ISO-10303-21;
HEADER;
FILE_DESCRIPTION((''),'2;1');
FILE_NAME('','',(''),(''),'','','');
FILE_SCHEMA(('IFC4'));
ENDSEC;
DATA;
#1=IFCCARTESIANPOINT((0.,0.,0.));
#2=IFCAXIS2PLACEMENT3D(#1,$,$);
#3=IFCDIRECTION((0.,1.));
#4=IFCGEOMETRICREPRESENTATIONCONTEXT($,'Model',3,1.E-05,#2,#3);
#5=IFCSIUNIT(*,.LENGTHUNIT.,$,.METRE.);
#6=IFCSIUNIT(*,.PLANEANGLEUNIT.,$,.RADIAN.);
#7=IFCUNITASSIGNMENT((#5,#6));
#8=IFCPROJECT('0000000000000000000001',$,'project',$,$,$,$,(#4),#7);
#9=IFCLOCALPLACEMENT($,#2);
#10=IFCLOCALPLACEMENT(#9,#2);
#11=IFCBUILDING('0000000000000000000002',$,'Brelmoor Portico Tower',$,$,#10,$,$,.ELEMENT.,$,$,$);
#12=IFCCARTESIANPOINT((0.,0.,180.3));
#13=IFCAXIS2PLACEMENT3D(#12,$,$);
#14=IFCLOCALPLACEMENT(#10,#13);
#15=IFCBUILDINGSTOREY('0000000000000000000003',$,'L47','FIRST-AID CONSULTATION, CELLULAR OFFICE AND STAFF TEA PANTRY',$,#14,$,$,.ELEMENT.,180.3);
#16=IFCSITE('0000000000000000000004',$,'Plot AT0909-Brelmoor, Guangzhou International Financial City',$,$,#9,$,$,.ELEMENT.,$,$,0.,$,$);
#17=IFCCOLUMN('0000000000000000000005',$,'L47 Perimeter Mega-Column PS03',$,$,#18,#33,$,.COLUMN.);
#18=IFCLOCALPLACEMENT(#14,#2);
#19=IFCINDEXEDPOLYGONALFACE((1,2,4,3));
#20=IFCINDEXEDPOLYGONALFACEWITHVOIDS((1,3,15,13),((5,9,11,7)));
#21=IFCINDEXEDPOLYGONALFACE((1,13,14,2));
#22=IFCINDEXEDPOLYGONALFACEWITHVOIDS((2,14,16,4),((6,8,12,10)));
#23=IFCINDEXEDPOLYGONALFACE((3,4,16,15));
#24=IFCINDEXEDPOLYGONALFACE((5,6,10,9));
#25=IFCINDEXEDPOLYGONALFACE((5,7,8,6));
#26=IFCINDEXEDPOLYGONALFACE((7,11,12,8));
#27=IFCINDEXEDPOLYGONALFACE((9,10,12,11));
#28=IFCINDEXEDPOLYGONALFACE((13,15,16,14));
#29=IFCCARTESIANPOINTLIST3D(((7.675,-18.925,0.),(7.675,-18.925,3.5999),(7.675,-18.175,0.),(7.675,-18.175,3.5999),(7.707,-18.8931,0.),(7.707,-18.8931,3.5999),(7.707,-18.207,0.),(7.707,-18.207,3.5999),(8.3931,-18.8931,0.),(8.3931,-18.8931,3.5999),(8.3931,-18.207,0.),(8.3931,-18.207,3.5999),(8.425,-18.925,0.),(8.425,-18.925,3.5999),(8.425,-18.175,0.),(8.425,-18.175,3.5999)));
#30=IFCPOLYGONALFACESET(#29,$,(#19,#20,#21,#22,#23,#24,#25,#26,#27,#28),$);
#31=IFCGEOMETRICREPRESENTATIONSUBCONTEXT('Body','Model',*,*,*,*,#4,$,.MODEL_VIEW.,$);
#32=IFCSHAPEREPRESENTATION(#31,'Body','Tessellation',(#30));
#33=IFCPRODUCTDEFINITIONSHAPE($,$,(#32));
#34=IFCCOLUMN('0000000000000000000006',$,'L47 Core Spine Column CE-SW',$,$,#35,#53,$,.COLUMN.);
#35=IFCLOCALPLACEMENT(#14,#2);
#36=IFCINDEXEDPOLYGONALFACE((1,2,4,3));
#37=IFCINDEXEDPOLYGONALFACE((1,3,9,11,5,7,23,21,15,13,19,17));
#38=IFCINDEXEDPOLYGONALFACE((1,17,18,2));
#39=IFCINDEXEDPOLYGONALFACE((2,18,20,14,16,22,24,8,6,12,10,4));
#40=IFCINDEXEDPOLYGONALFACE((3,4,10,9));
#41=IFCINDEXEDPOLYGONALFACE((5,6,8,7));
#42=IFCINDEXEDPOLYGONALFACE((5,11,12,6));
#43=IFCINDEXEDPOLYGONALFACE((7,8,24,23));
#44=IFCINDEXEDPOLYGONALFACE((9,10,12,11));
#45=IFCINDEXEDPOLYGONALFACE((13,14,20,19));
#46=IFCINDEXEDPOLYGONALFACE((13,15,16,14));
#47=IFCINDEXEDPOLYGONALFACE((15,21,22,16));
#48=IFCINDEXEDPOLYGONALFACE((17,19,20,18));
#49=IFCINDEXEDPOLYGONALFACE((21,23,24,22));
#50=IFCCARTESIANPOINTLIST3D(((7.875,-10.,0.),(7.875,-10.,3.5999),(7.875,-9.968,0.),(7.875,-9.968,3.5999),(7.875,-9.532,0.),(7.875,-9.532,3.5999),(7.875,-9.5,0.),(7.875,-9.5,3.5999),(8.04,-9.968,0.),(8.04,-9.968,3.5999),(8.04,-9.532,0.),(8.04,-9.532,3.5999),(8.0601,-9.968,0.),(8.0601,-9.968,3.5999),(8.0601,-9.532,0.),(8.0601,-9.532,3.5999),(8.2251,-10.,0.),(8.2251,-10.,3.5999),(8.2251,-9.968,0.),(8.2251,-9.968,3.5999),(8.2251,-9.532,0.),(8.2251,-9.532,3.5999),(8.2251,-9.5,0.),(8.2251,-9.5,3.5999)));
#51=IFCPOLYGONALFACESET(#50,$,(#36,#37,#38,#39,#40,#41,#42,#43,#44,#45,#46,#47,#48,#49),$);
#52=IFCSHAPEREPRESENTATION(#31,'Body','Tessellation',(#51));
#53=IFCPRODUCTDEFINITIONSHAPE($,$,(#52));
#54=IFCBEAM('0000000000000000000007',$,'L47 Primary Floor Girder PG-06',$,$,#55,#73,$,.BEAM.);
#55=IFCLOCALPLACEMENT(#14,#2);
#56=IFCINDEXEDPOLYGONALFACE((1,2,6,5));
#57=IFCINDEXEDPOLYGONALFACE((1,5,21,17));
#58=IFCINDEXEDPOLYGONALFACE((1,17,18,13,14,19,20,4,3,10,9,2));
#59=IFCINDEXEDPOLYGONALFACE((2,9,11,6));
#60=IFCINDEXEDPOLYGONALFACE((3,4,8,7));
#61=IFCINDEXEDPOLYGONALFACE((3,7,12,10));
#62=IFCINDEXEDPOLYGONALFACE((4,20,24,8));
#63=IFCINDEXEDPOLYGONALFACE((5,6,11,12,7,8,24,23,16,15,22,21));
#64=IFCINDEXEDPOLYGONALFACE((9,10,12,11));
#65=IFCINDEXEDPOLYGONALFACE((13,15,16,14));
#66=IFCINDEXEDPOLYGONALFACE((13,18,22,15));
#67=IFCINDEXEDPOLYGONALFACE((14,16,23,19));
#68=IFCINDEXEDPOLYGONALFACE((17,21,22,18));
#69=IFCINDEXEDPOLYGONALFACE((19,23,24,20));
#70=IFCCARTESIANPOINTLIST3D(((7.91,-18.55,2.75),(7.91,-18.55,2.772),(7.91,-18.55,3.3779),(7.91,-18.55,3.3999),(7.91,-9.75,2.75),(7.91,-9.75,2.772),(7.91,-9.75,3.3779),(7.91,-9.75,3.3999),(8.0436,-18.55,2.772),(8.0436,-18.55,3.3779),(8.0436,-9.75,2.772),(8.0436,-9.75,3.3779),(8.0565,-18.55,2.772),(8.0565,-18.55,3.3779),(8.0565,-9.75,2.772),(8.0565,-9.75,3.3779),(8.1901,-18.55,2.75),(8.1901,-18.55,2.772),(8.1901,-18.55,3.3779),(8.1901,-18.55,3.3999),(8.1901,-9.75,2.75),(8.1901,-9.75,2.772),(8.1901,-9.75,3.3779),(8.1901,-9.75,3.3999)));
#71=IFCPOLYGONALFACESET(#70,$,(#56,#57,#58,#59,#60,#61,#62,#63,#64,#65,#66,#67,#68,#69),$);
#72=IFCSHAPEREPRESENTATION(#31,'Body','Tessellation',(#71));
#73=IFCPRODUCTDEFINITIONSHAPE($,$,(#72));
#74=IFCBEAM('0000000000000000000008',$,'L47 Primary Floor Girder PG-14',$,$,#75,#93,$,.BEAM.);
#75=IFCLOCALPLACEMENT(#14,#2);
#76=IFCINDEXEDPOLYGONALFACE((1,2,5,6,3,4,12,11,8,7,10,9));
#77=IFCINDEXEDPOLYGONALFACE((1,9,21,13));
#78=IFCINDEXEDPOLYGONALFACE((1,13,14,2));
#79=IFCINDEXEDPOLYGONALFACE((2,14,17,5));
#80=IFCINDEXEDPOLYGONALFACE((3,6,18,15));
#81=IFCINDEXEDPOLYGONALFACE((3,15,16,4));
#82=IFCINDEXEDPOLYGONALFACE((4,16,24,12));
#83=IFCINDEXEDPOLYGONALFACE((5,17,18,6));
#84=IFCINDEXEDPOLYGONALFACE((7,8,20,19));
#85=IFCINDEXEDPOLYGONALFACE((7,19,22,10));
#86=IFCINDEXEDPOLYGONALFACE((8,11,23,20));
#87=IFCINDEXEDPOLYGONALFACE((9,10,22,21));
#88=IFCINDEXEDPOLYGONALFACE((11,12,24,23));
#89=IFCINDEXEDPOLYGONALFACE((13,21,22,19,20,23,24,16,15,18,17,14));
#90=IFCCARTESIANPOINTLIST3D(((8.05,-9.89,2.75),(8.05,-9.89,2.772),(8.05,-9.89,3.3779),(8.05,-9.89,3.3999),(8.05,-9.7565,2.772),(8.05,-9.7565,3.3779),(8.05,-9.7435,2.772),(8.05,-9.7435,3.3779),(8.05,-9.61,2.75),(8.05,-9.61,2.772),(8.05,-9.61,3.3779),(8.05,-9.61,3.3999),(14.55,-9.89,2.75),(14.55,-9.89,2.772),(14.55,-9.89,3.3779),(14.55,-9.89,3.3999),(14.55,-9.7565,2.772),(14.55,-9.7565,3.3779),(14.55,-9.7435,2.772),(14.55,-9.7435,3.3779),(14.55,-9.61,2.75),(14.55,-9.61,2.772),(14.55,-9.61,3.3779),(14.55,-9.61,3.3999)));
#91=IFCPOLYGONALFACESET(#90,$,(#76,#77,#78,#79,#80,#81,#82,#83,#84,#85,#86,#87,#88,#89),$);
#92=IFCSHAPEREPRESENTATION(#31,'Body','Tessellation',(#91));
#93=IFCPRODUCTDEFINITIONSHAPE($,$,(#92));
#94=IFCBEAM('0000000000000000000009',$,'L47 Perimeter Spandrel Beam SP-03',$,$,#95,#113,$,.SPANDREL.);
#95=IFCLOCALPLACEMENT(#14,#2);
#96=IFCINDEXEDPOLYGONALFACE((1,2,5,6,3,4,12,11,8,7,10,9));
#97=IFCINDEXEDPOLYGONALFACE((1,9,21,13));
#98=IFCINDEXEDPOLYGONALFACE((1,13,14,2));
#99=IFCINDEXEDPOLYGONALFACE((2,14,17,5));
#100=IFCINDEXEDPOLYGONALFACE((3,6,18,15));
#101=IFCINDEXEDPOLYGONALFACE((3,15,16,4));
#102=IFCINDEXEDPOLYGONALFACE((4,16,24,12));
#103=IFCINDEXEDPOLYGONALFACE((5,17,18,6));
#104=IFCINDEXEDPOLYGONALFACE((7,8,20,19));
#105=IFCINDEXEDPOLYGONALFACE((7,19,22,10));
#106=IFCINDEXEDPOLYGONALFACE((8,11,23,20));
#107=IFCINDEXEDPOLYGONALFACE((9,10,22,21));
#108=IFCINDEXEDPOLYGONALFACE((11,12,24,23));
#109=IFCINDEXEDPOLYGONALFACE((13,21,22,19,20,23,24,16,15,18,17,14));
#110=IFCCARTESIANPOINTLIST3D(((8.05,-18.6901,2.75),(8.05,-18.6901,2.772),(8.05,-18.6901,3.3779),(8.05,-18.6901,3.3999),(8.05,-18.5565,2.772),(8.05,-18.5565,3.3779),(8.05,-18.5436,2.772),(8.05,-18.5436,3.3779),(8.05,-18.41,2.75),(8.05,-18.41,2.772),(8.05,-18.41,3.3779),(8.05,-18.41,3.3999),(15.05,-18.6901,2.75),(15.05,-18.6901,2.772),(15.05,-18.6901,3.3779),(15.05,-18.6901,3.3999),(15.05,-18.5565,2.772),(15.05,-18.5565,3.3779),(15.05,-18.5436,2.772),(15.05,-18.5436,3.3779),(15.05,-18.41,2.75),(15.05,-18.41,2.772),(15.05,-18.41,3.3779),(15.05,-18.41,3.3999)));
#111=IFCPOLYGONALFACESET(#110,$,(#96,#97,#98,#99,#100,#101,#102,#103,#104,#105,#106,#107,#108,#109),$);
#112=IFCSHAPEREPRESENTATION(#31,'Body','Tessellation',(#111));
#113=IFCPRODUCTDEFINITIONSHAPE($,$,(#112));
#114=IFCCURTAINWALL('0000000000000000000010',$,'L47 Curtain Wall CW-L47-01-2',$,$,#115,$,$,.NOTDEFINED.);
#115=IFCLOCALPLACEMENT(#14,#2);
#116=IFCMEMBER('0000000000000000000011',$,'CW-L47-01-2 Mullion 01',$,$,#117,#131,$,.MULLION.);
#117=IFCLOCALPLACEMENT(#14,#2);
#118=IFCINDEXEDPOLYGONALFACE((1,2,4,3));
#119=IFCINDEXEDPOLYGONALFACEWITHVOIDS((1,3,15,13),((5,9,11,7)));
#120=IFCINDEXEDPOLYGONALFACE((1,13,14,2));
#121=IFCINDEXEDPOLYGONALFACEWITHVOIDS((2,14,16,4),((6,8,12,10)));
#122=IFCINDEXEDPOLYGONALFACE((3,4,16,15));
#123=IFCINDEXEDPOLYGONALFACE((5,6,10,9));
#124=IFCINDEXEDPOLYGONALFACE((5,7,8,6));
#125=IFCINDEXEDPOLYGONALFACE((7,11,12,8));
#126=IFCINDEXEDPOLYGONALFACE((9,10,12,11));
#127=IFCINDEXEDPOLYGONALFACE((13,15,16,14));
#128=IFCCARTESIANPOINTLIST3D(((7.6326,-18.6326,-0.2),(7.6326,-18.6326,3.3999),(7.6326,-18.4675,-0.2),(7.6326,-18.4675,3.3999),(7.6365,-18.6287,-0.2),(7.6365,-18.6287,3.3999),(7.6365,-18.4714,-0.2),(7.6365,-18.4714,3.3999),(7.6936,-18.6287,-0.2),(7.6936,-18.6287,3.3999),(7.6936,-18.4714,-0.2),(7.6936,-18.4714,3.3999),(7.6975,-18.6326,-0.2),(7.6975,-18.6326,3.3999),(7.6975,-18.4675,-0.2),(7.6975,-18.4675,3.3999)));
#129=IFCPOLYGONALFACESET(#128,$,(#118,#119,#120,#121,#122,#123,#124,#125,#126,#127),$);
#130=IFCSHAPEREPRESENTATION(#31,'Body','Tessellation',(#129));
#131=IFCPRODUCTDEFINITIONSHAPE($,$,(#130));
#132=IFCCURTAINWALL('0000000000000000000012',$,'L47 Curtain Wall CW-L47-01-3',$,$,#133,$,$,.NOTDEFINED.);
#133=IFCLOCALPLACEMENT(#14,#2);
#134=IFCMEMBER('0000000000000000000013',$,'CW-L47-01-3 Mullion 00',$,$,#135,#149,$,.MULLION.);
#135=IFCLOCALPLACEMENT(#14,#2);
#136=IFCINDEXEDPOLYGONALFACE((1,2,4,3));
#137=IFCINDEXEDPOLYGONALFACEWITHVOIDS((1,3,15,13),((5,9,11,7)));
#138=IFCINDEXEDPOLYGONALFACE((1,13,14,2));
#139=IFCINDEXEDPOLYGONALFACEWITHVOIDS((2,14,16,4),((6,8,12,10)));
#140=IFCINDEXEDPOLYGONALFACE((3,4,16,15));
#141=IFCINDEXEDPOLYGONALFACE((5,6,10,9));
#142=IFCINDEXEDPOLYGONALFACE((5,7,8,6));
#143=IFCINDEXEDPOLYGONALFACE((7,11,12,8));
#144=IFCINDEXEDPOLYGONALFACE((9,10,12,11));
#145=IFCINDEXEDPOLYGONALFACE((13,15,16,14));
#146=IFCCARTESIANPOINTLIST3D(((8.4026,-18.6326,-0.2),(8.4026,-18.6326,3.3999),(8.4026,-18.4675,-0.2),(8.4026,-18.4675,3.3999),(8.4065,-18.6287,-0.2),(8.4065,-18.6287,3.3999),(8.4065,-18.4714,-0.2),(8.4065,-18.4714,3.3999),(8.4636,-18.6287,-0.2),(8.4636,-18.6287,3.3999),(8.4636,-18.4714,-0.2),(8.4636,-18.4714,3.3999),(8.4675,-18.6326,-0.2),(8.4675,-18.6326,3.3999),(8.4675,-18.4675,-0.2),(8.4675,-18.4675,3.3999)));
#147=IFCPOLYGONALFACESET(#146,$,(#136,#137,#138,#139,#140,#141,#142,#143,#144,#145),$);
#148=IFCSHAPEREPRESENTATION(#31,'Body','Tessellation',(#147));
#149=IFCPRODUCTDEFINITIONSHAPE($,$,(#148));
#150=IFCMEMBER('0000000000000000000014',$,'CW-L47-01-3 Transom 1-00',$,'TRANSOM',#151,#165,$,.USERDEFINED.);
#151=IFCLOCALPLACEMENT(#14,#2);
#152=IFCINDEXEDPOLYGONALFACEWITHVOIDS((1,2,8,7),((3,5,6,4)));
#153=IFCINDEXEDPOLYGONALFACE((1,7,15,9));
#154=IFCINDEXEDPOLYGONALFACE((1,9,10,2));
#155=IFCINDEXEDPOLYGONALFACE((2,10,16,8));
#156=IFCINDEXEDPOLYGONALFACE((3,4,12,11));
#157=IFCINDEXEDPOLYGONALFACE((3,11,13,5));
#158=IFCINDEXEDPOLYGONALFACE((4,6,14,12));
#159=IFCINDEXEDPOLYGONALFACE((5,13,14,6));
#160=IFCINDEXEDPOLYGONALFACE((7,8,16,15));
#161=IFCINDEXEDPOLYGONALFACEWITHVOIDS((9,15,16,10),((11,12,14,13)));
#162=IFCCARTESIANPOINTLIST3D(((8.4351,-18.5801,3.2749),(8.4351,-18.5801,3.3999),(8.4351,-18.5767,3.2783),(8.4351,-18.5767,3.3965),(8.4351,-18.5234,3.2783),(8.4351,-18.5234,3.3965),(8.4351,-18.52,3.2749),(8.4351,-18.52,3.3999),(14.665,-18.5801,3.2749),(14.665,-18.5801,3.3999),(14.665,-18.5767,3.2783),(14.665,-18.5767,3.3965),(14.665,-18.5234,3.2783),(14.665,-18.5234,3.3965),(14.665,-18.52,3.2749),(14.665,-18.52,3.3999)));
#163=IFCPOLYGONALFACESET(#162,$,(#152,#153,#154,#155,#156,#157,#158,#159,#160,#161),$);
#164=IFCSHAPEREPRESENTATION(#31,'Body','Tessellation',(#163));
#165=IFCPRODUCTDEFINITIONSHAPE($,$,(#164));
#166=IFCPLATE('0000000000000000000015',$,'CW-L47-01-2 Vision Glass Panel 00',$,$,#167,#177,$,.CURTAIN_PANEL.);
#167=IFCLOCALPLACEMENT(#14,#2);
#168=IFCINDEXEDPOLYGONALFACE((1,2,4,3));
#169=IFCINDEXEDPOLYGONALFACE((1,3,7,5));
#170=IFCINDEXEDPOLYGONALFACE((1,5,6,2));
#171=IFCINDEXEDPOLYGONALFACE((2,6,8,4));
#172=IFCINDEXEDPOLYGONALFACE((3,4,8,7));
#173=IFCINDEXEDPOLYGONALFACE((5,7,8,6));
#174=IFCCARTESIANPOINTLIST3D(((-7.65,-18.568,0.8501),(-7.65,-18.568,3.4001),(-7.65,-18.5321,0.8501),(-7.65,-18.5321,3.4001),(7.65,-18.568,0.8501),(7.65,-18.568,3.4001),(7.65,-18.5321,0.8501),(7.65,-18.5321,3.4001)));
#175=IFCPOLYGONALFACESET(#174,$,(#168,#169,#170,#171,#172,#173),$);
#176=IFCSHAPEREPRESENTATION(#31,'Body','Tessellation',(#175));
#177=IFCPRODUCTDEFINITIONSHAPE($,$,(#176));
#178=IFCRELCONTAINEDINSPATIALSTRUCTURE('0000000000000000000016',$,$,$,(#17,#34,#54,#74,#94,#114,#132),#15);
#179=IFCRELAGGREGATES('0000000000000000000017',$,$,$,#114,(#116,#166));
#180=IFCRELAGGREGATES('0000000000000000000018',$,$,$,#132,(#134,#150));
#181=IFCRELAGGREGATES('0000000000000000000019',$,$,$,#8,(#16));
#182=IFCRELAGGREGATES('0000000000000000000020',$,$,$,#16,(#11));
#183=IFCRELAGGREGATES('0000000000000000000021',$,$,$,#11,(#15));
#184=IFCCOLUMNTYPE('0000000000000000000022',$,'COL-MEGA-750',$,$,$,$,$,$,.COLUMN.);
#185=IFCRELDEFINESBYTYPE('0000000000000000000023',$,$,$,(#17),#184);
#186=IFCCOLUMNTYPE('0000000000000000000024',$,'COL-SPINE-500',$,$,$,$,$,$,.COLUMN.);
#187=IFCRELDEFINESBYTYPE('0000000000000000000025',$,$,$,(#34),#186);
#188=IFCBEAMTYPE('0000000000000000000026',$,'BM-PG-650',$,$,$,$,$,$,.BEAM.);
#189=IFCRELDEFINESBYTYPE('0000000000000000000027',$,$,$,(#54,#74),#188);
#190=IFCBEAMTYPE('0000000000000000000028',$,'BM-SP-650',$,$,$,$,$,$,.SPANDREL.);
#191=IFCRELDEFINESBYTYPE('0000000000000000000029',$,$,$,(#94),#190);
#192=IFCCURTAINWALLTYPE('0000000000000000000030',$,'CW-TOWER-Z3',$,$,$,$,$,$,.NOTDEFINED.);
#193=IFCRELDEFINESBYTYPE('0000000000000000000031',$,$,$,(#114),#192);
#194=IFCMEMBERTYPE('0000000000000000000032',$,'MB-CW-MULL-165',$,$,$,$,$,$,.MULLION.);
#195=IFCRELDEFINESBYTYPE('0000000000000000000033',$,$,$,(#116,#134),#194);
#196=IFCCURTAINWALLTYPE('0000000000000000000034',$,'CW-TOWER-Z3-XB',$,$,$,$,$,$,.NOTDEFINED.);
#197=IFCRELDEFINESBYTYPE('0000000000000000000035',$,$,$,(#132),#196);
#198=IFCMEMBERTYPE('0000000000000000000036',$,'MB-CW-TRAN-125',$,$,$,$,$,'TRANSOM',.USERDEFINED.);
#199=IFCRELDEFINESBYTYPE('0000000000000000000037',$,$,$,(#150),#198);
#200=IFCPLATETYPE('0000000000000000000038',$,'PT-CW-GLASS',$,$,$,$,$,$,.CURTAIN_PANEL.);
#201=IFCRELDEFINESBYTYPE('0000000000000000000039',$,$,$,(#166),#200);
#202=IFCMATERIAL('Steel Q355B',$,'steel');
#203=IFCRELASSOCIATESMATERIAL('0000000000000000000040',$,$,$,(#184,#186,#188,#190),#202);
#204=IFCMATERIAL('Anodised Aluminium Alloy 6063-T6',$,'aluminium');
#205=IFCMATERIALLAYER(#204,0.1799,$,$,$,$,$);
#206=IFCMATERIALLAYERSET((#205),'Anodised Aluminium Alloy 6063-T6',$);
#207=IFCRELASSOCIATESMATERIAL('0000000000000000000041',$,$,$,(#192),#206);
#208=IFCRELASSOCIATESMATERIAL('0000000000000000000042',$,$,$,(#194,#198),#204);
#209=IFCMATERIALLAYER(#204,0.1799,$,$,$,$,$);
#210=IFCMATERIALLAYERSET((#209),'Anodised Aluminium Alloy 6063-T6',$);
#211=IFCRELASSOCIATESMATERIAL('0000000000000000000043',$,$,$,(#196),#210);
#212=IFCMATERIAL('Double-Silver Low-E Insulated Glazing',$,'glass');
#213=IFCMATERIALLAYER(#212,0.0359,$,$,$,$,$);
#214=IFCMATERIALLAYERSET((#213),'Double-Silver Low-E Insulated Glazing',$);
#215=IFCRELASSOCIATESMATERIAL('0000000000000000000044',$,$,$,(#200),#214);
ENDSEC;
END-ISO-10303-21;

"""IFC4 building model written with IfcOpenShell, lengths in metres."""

from ifc_helpers import new_model, si_unit, direction, frame, origin, origin_2d, place, context, subcontext, project, spatial, rectangle, hollow_rectangle, i_section, extrude, material, layer, layer_set, material_profile, profile_set, type_object, element, aggregate, save


model = new_model("IFC4")

# Units and contexts
model_context = context("Model", 3, precision=1e-05, world=origin(), true_north=direction((0.0, 1.0)))
body_context = subcontext(model_context, "Body", "Model", "MODEL_VIEW")
ifc_project = project(units=[si_unit("LENGTHUNIT", "METRE"), si_unit("PLANEANGLEUNIT", "RADIAN")], contexts=[model_context])

# Site, building, storey
site_placement = place(None, origin())
site = spatial("IfcSite", under=ifc_project, at=site_placement, Name="Plot AT0909-Brelmoor, Guangzhou International Financial City", CompositionType="ELEMENT", RefElevation=0.0)
building_placement = place(site_placement, origin())
building = spatial("IfcBuilding", under=site, at=building_placement, Name="Brelmoor Portico Tower", CompositionType="ELEMENT")
storey_placement = place(building_placement, frame((0.0, 0.0, 180.3)))
storey = spatial("IfcBuildingStorey", under=building, at=storey_placement, Name="L47", Description="FIRST-AID CONSULTATION, CELLULAR OFFICE AND STAFF TEA PANTRY", CompositionType="ELEMENT", Elevation=180.3)

# Columns
ifc_material_1 = material(Name="Steel Q355B", Category="steel")
ifc_material_profile_1 = material_profile(ifc_material_1, hollow_rectangle(XDim=0.75, YDim=0.75, WallThickness=0.032, at=origin_2d()), Name="BOX 750x750x32")
ifc_profile_set_1 = profile_set([ifc_material_profile_1], Name="Steel Q355B")
column_type_1 = type_object("IfcColumnType", Name="COL-MEGA-750", PredefinedType="COLUMN", material=ifc_profile_set_1)
column_1_placement = place(storey_placement, frame((8.05, -18.55, 0.0), z_axis=(0.0, 0.0, 1.0), x_axis=(1.0, 0.0, 0.0)))
element("IfcColumn", 1, at=column_1_placement, inside=storey, type_object=column_type_1, Name="L47 Perimeter Mega-Column PS03", PredefinedType="COLUMN", context=body_context, shape_type="SweptSolid", body=[
    extrude(hollow_rectangle(XDim=0.75, YDim=0.75, WallThickness=0.032, at=origin_2d()), origin(), (0.0, 0.0, 1.0), 3.5999),
])
ifc_material_profile_2 = material_profile(ifc_material_1, i_section(OverallWidth=0.3501, OverallDepth=0.5, WebThickness=0.02, FlangeThickness=0.032, at=origin_2d()), Name="HW 500x350x20x32")
ifc_profile_set_2 = profile_set([ifc_material_profile_2], Name="Steel Q355B")
column_type_2 = type_object("IfcColumnType", Name="COL-SPINE-500", PredefinedType="COLUMN", material=ifc_profile_set_2)
column_2_placement = place(storey_placement, frame((8.05, -9.75, 0.0), z_axis=(0.0, 0.0, 1.0), x_axis=(1.0, 0.0, 0.0)))
element("IfcColumn", 2, at=column_2_placement, inside=storey, type_object=column_type_2, Name="L47 Core Spine Column CE-SW", PredefinedType="COLUMN", context=body_context, shape_type="SweptSolid", body=[
    extrude(i_section(OverallWidth=0.3501, OverallDepth=0.5, WebThickness=0.02, FlangeThickness=0.032, at=origin_2d()), origin(), (0.0, 0.0, 1.0), 3.5999),
])

# Beams
ifc_material_profile_3 = material_profile(ifc_material_1, i_section(OverallWidth=0.28, OverallDepth=0.6499, WebThickness=0.0129, FlangeThickness=0.022, at=origin_2d()), Name="HN 650x280x13x22")
ifc_profile_set_3 = profile_set([ifc_material_profile_3], Name="Steel Q355B")
beam_type_1 = type_object("IfcBeamType", Name="BM-PG-650", PredefinedType="BEAM", material=ifc_profile_set_3)
beam_1_placement = place(storey_placement, frame((8.05, -18.55, 3.075), z_axis=(0.0, 1.0, 0.0), x_axis=(-1.0, 0.0, 0.0)))
element("IfcBeam", 3, at=beam_1_placement, inside=storey, type_object=beam_type_1, Name="L47 Primary Floor Girder PG-06", PredefinedType="BEAM", context=body_context, shape_type="SweptSolid", body=[
    extrude(i_section(OverallWidth=0.28, OverallDepth=0.6499, WebThickness=0.0129, FlangeThickness=0.022, at=origin_2d()), origin(), (0.0, 0.0, 1.0), 8.8),
])
beam_2_placement = place(storey_placement, frame((8.05, -9.75, 3.075), z_axis=(1.0, 0.0, 0.0), x_axis=(0.0, 1.0, 0.0)))
element("IfcBeam", 4, at=beam_2_placement, inside=storey, type_object=beam_type_1, Name="L47 Primary Floor Girder PG-14", PredefinedType="BEAM", context=body_context, shape_type="SweptSolid", body=[
    extrude(i_section(OverallWidth=0.28, OverallDepth=0.6499, WebThickness=0.0129, FlangeThickness=0.022, at=origin_2d()), origin(), (0.0, 0.0, 1.0), 6.5),
])
ifc_material_profile_4 = material_profile(ifc_material_1, i_section(OverallWidth=0.28, OverallDepth=0.6499, WebThickness=0.0129, FlangeThickness=0.022, at=origin_2d()), Name="HN 650x280x13x22")
ifc_profile_set_4 = profile_set([ifc_material_profile_4], Name="Steel Q355B")
beam_type_2 = type_object("IfcBeamType", Name="BM-SP-650", PredefinedType="SPANDREL", material=ifc_profile_set_4)
beam_3_placement = place(storey_placement, frame((8.05, -18.55, 3.075), z_axis=(1.0, 0.0, 0.0), x_axis=(0.0, 1.0, 0.0)))
element("IfcBeam", 5, at=beam_3_placement, inside=storey, type_object=beam_type_2, Name="L47 Perimeter Spandrel Beam SP-03", PredefinedType="SPANDREL", context=body_context, shape_type="SweptSolid", body=[
    extrude(i_section(OverallWidth=0.28, OverallDepth=0.6499, WebThickness=0.0129, FlangeThickness=0.022, at=origin_2d()), origin(), (0.0, 0.0, 1.0), 7.0),
])

# Curtain wall, member
ifc_material_2 = material(Name="Anodised Aluminium Alloy 6063-T6", Category="aluminium")
ifc_layer_1 = layer(ifc_material_2, 0.1799)
ifc_layer_set_1 = layer_set([ifc_layer_1], Name="Anodised Aluminium Alloy 6063-T6")
curtain_wall_type_1 = type_object("IfcCurtainWallType", Name="CW-TOWER-Z3", PredefinedType="NOTDEFINED", material=ifc_layer_set_1)
curtain_wall_1_placement = place(storey_placement, origin())
curtain_wall_1 = element("IfcCurtainWall", 6, at=curtain_wall_1_placement, inside=storey, type_object=curtain_wall_type_1, Name="L47 Curtain Wall CW-L47-01-2", PredefinedType="NOTDEFINED")
ifc_material_profile_5 = material_profile(ifc_material_2, hollow_rectangle(XDim=0.0649, YDim=0.165, WallThickness=0.0039, at=origin_2d()), Name="ALU MULLION 65x165")
ifc_profile_set_5 = profile_set([ifc_material_profile_5], Name="Anodised Aluminium Alloy 6063-T6")
member_type_1 = type_object("IfcMemberType", Name="MB-CW-MULL-165", PredefinedType="MULLION", material=ifc_profile_set_5)
member_1_placement = place(storey_placement, frame((7.665, -18.55, -0.2), z_axis=(0.0, 0.0, 1.0), x_axis=(1.0, 0.0, 0.0)))
member_1 = element("IfcMember", 7, at=member_1_placement, type_object=member_type_1, Name="CW-L47-01-2 Mullion 01", PredefinedType="MULLION", context=body_context, shape_type="SweptSolid", body=[
    extrude(hollow_rectangle(XDim=0.0649, YDim=0.165, WallThickness=0.0039, at=origin_2d()), origin(), (0.0, 0.0, 1.0), 3.5999),
])

# Curtain wall, members
ifc_layer_2 = layer(ifc_material_2, 0.1799)
ifc_layer_set_2 = layer_set([ifc_layer_2], Name="Anodised Aluminium Alloy 6063-T6")
curtain_wall_type_2 = type_object("IfcCurtainWallType", Name="CW-TOWER-Z3-XB", PredefinedType="NOTDEFINED", material=ifc_layer_set_2)
curtain_wall_2_placement = place(storey_placement, origin())
curtain_wall_2 = element("IfcCurtainWall", 8, at=curtain_wall_2_placement, inside=storey, type_object=curtain_wall_type_2, Name="L47 Curtain Wall CW-L47-01-3", PredefinedType="NOTDEFINED")
member_2_placement = place(storey_placement, frame((8.4351, -18.55, -0.2), z_axis=(0.0, 0.0, 1.0), x_axis=(1.0, 0.0, 0.0)))
member_2 = element("IfcMember", 9, at=member_2_placement, type_object=member_type_1, Name="CW-L47-01-3 Mullion 00", PredefinedType="MULLION", context=body_context, shape_type="SweptSolid", body=[
    extrude(hollow_rectangle(XDim=0.0649, YDim=0.165, WallThickness=0.0039, at=origin_2d()), origin(), (0.0, 0.0, 1.0), 3.5999),
])
ifc_material_profile_6 = material_profile(ifc_material_2, hollow_rectangle(XDim=0.0601, YDim=0.125, WallThickness=0.0034, at=origin_2d()), Name="ALU TRANSOM 60x125")
ifc_profile_set_6 = profile_set([ifc_material_profile_6], Name="Anodised Aluminium Alloy 6063-T6")
member_type_2 = type_object("IfcMemberType", Name="MB-CW-TRAN-125", ElementType="TRANSOM", PredefinedType="USERDEFINED", material=ifc_profile_set_6)
member_3_placement = place(storey_placement, frame((8.4351, -18.55, 3.3374), z_axis=(1.0, 0.0, 0.0), x_axis=(0.0, 1.0, 0.0)))
member_3 = element("IfcMember", 10, at=member_3_placement, type_object=member_type_2, Name="CW-L47-01-3 Transom 1-00", ObjectType="TRANSOM", PredefinedType="USERDEFINED", context=body_context, shape_type="SweptSolid", body=[
    extrude(hollow_rectangle(XDim=0.0601, YDim=0.125, WallThickness=0.0034, at=origin_2d()), origin(), (0.0, 0.0, 1.0), 6.23),
])

# Plate
ifc_material_3 = material(Name="Double-Silver Low-E Insulated Glazing", Category="glass")
ifc_layer_3 = layer(ifc_material_3, 0.0359)
ifc_layer_set_3 = layer_set([ifc_layer_3], Name="Double-Silver Low-E Insulated Glazing")
plate_type_1 = type_object("IfcPlateType", Name="PT-CW-GLASS", PredefinedType="CURTAIN_PANEL", material=ifc_layer_set_3)
plate_1_placement = place(storey_placement, frame((0.0, -18.55, 0.8501), z_axis=(0.0, 0.0, 1.0), x_axis=(1.0, 0.0, 0.0)))
plate_1 = element("IfcPlate", 11, at=plate_1_placement, type_object=plate_type_1, Name="CW-L47-01-2 Vision Glass Panel 00", PredefinedType="CURTAIN_PANEL", context=body_context, shape_type="SweptSolid", body=[
    extrude(rectangle(XDim=15.3, YDim=0.0359, at=origin_2d()), origin(), (0.0, 0.0, 1.0), 2.55),
])
aggregate(curtain_wall_1, [member_1, plate_1])
aggregate(curtain_wall_2, [member_2, member_3])

save(model, "model.ifc")
